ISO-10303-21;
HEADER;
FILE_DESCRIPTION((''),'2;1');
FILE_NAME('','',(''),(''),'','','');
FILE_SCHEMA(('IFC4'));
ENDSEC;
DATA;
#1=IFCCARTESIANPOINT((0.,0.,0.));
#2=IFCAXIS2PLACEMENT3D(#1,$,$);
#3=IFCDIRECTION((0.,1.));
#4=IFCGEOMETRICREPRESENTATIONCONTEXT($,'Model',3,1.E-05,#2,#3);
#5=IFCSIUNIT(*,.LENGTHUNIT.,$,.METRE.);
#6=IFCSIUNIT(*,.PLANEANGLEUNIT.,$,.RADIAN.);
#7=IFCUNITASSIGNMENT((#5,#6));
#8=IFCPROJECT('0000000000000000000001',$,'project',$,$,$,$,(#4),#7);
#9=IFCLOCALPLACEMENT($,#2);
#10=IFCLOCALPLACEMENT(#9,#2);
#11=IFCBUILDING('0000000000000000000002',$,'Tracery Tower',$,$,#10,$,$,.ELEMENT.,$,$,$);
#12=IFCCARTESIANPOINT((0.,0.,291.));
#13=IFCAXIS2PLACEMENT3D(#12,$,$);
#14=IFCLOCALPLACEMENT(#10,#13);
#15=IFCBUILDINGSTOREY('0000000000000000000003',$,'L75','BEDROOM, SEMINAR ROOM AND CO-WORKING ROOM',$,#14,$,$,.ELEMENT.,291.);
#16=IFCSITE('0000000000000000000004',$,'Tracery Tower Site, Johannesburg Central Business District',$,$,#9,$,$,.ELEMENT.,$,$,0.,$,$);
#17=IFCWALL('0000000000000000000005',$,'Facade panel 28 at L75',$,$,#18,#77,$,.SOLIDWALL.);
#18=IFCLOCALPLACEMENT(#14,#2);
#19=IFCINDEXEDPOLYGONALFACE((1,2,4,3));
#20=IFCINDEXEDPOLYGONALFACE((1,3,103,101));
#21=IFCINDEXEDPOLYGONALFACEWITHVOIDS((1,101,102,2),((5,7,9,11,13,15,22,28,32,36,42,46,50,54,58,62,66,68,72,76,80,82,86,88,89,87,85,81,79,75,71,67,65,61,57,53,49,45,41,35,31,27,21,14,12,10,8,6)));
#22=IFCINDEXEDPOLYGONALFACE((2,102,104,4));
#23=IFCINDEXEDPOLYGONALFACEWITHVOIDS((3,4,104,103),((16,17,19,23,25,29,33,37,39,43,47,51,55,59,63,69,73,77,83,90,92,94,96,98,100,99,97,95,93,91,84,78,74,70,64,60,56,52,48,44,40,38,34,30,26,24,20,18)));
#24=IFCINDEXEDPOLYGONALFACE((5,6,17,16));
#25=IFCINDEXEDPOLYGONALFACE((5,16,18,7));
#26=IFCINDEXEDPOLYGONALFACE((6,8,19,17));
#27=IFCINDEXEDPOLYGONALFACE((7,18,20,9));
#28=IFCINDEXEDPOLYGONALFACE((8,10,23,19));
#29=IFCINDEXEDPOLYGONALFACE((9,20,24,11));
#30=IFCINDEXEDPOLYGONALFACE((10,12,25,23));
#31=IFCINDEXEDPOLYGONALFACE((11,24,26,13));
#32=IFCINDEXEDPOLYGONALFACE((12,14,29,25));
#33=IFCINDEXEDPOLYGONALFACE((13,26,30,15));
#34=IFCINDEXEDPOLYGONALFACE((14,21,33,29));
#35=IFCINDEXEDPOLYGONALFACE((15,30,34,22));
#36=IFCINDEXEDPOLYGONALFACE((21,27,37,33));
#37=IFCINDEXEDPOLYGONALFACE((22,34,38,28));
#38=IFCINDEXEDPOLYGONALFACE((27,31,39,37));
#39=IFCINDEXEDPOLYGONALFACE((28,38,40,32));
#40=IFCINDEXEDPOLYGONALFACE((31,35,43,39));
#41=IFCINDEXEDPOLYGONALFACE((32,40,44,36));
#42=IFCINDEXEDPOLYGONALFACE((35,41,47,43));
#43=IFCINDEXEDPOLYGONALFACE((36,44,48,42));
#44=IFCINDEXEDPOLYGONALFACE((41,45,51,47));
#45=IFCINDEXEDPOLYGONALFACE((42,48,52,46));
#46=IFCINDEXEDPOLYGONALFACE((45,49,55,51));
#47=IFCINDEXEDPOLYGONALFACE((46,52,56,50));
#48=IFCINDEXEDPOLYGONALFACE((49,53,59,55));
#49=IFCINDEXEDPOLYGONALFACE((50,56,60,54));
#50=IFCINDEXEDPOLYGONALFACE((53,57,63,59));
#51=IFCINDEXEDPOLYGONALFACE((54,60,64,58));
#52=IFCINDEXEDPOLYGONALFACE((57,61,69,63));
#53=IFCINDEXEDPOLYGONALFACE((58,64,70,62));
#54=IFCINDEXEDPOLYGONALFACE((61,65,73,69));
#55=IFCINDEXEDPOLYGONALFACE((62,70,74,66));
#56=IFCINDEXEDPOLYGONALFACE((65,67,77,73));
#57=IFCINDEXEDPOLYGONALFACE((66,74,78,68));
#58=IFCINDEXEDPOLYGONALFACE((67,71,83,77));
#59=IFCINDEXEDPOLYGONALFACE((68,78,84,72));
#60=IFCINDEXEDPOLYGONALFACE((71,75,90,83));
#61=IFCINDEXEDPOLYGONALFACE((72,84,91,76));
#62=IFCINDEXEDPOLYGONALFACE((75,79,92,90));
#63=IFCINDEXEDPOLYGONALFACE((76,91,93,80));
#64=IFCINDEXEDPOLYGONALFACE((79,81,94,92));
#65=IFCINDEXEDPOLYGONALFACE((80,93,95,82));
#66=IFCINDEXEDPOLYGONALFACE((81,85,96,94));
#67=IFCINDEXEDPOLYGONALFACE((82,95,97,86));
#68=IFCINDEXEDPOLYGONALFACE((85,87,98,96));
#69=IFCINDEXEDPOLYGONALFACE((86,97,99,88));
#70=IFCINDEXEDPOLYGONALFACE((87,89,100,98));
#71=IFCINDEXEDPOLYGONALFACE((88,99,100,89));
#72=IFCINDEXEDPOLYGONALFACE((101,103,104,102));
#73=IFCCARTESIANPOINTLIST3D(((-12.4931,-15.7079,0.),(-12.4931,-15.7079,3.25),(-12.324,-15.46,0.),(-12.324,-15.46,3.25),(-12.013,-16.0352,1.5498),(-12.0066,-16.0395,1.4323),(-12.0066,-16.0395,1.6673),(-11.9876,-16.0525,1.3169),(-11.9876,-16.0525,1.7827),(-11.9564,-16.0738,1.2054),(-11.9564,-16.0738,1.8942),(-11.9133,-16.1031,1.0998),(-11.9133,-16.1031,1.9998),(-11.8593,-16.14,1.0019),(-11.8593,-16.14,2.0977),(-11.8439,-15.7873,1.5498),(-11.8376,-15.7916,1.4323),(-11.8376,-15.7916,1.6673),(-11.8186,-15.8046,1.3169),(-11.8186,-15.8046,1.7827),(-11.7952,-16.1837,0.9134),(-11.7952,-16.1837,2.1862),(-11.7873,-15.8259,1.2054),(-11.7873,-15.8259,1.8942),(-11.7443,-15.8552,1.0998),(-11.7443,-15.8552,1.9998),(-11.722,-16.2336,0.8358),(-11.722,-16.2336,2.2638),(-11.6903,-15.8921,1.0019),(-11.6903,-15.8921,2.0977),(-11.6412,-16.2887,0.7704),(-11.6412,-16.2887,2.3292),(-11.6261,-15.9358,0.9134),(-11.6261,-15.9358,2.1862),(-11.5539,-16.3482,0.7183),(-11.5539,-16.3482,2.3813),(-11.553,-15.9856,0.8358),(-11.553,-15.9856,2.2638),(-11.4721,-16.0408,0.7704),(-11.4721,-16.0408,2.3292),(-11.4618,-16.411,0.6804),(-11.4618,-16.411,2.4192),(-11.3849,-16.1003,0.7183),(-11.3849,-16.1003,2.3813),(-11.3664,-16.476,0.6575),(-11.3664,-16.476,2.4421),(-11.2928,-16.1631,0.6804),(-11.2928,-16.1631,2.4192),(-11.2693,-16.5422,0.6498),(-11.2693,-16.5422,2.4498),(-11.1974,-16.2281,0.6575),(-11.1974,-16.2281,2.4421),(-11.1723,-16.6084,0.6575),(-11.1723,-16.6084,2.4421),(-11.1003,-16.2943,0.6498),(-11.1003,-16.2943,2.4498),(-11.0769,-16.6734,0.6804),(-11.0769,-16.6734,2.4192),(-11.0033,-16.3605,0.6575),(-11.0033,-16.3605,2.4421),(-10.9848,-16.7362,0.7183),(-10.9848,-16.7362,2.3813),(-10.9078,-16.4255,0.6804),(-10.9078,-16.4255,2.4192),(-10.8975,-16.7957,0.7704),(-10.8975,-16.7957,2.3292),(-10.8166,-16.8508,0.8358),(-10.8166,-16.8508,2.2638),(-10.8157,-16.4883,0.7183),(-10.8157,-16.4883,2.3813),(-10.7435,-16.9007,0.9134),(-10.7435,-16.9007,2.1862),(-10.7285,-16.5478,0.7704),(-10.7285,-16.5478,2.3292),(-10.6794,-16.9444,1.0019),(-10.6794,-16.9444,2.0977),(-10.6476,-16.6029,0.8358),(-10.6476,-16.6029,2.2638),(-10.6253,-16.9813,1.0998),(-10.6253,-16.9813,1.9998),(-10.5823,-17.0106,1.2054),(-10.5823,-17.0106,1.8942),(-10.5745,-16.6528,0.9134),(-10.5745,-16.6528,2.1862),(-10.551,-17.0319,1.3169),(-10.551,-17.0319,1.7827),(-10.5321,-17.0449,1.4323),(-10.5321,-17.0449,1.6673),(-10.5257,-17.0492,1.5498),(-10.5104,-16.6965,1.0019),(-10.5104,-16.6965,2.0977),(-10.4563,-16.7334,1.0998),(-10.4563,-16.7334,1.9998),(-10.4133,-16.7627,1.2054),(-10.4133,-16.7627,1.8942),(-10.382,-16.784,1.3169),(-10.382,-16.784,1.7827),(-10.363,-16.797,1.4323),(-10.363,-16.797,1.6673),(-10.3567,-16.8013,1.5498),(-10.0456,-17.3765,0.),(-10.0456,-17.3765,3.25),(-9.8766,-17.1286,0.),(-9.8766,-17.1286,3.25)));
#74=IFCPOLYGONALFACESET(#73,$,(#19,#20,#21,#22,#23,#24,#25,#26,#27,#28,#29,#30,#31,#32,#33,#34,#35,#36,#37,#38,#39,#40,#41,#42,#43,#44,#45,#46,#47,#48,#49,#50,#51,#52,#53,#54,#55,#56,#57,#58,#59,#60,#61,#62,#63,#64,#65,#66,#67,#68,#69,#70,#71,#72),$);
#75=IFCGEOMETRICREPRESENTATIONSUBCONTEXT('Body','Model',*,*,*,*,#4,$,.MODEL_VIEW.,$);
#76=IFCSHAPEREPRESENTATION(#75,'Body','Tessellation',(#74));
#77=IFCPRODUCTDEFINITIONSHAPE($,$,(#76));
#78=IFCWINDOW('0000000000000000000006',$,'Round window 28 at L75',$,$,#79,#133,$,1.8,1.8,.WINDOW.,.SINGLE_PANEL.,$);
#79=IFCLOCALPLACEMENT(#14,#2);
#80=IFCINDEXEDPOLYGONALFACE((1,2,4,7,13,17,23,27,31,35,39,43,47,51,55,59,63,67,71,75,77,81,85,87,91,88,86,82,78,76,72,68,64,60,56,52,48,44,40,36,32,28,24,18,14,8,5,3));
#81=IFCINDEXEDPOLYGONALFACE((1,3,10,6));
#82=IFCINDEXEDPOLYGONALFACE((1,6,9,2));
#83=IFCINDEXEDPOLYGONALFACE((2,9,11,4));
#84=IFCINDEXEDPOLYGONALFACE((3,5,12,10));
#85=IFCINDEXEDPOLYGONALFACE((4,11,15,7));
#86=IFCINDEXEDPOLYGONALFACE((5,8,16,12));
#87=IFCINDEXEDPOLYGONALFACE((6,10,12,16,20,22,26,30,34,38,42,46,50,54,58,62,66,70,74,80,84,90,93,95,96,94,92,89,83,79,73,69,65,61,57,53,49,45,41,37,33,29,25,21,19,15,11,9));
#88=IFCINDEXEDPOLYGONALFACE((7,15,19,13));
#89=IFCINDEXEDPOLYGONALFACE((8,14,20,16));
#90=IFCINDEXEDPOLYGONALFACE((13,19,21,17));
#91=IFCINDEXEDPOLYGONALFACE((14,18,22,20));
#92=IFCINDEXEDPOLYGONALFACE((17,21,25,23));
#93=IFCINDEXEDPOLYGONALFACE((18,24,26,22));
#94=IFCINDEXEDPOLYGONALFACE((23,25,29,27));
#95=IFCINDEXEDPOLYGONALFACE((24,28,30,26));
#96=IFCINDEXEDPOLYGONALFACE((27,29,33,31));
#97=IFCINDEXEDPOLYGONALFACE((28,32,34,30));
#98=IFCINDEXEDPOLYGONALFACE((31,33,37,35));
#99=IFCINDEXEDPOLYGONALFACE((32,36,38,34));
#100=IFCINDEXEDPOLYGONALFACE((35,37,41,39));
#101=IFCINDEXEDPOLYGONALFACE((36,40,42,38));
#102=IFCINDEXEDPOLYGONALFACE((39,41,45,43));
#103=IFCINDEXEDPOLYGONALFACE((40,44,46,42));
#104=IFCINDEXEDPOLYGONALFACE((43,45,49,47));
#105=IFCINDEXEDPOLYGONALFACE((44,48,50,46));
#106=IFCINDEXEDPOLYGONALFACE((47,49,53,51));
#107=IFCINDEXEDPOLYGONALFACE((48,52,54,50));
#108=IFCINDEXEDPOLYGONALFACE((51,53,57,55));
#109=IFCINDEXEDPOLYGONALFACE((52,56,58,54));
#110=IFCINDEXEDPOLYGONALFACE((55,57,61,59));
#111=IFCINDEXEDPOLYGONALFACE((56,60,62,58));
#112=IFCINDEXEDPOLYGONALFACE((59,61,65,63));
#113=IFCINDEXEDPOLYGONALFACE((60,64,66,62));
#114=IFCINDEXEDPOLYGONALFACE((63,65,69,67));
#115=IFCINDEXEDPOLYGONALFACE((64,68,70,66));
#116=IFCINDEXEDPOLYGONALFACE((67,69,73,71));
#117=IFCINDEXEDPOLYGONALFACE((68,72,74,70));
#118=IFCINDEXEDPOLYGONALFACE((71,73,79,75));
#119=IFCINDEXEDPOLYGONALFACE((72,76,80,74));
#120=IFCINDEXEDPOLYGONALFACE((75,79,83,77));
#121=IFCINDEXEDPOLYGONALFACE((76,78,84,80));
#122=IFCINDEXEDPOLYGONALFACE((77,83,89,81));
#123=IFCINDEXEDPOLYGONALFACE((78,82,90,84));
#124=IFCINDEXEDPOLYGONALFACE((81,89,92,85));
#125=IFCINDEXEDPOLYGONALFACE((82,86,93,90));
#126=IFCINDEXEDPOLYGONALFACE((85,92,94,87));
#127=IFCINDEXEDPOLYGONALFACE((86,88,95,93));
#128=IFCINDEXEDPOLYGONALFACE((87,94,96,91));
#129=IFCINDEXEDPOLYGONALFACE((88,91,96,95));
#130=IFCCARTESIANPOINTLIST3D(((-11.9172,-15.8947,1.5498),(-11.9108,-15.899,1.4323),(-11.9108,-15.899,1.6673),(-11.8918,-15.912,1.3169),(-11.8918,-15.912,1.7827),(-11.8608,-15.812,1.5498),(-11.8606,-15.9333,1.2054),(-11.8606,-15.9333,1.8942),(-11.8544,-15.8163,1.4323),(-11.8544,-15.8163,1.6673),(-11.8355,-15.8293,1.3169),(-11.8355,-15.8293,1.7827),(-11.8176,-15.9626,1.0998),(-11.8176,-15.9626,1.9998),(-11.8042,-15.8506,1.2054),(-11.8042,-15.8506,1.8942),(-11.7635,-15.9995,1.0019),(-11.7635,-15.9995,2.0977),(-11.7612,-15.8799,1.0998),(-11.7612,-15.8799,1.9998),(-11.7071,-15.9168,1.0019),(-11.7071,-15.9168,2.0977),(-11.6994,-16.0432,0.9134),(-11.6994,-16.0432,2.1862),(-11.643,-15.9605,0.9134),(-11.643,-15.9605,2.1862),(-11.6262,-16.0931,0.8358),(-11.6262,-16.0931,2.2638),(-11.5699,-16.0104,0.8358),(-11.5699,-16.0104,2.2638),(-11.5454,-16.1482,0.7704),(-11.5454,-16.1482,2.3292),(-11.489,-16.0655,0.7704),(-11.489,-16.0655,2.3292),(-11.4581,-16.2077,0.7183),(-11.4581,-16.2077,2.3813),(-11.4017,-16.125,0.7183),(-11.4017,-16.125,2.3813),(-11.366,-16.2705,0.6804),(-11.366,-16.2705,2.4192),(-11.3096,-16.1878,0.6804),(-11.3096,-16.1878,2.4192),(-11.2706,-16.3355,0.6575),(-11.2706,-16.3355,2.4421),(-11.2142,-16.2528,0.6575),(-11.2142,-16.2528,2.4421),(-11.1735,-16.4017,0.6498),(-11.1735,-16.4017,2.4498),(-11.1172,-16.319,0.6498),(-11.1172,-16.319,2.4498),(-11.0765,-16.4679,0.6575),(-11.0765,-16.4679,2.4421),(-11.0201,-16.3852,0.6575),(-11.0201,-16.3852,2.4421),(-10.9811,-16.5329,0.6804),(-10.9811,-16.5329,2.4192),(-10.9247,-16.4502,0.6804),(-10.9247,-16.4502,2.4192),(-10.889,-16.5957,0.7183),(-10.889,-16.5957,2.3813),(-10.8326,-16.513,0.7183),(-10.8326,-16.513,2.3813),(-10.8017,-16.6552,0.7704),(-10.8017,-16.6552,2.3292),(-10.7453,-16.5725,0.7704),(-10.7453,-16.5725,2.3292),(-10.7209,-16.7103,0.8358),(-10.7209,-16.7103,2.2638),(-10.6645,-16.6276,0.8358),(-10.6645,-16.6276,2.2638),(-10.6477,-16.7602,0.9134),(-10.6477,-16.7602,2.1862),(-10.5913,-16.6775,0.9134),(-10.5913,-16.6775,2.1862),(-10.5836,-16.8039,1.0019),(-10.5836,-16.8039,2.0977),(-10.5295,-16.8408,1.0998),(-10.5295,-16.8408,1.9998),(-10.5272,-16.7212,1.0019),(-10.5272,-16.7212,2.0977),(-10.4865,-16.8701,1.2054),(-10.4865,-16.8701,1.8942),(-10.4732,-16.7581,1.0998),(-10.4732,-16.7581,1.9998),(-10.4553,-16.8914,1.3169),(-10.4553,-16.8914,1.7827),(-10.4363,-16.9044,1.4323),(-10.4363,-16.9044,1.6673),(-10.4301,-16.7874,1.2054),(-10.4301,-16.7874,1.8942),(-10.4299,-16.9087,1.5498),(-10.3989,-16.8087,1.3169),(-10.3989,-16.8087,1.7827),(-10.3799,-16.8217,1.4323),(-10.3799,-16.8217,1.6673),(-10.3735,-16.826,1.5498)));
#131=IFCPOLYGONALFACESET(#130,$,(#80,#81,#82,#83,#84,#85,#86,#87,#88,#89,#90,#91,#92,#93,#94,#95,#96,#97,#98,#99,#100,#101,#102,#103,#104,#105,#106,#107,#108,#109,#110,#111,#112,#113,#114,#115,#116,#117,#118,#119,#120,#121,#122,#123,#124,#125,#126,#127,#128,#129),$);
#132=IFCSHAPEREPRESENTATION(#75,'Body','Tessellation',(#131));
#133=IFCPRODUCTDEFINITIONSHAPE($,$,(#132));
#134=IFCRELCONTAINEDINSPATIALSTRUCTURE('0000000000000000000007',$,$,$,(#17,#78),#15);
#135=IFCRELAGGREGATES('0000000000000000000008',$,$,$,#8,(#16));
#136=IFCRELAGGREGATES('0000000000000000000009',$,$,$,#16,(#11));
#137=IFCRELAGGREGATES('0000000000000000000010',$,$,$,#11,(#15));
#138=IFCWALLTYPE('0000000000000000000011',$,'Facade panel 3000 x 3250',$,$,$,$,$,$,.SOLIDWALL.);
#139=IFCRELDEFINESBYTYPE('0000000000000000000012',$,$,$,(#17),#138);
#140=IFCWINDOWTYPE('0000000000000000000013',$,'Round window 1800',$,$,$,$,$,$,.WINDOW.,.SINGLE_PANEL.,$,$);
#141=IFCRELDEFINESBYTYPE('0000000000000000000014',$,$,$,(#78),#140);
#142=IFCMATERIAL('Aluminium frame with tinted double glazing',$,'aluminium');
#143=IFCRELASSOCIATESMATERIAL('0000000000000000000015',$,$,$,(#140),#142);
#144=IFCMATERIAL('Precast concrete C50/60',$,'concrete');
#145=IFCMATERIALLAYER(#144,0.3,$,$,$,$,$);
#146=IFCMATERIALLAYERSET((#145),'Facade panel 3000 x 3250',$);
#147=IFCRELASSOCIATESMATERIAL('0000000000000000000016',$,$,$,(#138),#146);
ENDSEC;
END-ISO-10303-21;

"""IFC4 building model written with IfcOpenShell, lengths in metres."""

from ifc_helpers import new_model, si_unit, direction, frame, frame_2d, origin, origin_2d, place, context, subcontext, project, spatial, rectangle, circle, extrude, material, layer, layer_set, type_object, element, fill, save


model = new_model("IFC4")

# Units and contexts
model_context = context("Model", 3, precision=1e-05, world=origin(), true_north=direction((0.0, 1.0)))
body_context = subcontext(model_context, "Body", "Model", "MODEL_VIEW")
ifc_project = project(units=[si_unit("LENGTHUNIT", "METRE"), si_unit("PLANEANGLEUNIT", "RADIAN")], contexts=[model_context])

# Site, building, storey
site_placement = place(None, origin())
site = spatial("IfcSite", under=ifc_project, at=site_placement, Name="Tracery Tower Site, Johannesburg Central Business District", CompositionType="ELEMENT", RefElevation=0.0)
building_placement = place(site_placement, origin())
building = spatial("IfcBuilding", under=site, at=building_placement, Name="Tracery Tower", CompositionType="ELEMENT")
storey_placement = place(building_placement, frame((0.0, 0.0, 291.0)))
storey = spatial("IfcBuildingStorey", under=building, at=storey_placement, Name="L75", Description="BEDROOM, SEMINAR ROOM AND CO-WORKING ROOM", CompositionType="ELEMENT", Elevation=291.0)

# Wall, opening, window
ifc_material_1 = material(Name="Aluminium frame with tinted double glazing", Category="aluminium")
window_type = type_object("IfcWindowType", Name="Round window 1800", PartitioningType="SINGLE_PANEL", PredefinedType="WINDOW", material=ifc_material_1)
ifc_material_2 = material(Name="Precast concrete C50/60", Category="concrete")
ifc_layer_1 = layer(ifc_material_2, 0.3)
ifc_layer_set_1 = layer_set([ifc_layer_1], Name="Facade panel 3000 x 3250")
wall_type_1 = type_object("IfcWallType", Name="Facade panel 3000 x 3250", PredefinedType="SOLIDWALL", material=ifc_layer_set_1)
wall_1_placement = place(storey_placement, frame((-12.4084, -15.584, 0.0), z_axis=(0.0, 0.0, 1.0), x_axis=(0.826236, -0.563324, 0.0)))
wall_1 = element("IfcWall", 1, at=wall_1_placement, inside=storey, type_object=wall_type_1, Name="Facade panel 28 at L75", PredefinedType="SOLIDWALL", context=body_context, shape_type="SweptSolid", body=[
    extrude(rectangle(XDim=2.9622, YDim=0.3, at=frame_2d((1.481, 0.0))), origin(), (0.0, 0.0, 1.0), 3.25),
])
opening_1_placement = place(wall_1_placement, frame((1.481, 0.0, 1.5498)))
opening_1 = element("IfcOpeningElement", 2, at=opening_1_placement, cuts=wall_1, PredefinedType="OPENING", context=body_context, shape_type="SweptSolid", body=[
    extrude(circle(Radius=0.9, at=origin_2d()), frame((0.0, 0.1599, 0.0), z_axis=(0.0, -1.0, 0.0), x_axis=(1.0, 0.0, 0.0)), (0.0, 0.0, 1.0), 0.3201),
])
window_1_placement = place(opening_1_placement, origin())
window_1 = element("IfcWindow", 3, at=window_1_placement, inside=storey, type_object=window_type, Name="Round window 28 at L75", OverallHeight=1.8, OverallWidth=1.8, PartitioningType="SINGLE_PANEL", PredefinedType="WINDOW", context=body_context, shape_type="SweptSolid", body=[
    extrude(circle(Radius=0.9, at=origin_2d()), frame((0.0, 0.1201, 0.0), z_axis=(0.0, -1.0, 0.0), x_axis=(1.0, 0.0, 0.0)), (0.0, 0.0, 1.0), 0.1001),
])
fill(opening_1, window_1)

save(model, "model.ifc")
